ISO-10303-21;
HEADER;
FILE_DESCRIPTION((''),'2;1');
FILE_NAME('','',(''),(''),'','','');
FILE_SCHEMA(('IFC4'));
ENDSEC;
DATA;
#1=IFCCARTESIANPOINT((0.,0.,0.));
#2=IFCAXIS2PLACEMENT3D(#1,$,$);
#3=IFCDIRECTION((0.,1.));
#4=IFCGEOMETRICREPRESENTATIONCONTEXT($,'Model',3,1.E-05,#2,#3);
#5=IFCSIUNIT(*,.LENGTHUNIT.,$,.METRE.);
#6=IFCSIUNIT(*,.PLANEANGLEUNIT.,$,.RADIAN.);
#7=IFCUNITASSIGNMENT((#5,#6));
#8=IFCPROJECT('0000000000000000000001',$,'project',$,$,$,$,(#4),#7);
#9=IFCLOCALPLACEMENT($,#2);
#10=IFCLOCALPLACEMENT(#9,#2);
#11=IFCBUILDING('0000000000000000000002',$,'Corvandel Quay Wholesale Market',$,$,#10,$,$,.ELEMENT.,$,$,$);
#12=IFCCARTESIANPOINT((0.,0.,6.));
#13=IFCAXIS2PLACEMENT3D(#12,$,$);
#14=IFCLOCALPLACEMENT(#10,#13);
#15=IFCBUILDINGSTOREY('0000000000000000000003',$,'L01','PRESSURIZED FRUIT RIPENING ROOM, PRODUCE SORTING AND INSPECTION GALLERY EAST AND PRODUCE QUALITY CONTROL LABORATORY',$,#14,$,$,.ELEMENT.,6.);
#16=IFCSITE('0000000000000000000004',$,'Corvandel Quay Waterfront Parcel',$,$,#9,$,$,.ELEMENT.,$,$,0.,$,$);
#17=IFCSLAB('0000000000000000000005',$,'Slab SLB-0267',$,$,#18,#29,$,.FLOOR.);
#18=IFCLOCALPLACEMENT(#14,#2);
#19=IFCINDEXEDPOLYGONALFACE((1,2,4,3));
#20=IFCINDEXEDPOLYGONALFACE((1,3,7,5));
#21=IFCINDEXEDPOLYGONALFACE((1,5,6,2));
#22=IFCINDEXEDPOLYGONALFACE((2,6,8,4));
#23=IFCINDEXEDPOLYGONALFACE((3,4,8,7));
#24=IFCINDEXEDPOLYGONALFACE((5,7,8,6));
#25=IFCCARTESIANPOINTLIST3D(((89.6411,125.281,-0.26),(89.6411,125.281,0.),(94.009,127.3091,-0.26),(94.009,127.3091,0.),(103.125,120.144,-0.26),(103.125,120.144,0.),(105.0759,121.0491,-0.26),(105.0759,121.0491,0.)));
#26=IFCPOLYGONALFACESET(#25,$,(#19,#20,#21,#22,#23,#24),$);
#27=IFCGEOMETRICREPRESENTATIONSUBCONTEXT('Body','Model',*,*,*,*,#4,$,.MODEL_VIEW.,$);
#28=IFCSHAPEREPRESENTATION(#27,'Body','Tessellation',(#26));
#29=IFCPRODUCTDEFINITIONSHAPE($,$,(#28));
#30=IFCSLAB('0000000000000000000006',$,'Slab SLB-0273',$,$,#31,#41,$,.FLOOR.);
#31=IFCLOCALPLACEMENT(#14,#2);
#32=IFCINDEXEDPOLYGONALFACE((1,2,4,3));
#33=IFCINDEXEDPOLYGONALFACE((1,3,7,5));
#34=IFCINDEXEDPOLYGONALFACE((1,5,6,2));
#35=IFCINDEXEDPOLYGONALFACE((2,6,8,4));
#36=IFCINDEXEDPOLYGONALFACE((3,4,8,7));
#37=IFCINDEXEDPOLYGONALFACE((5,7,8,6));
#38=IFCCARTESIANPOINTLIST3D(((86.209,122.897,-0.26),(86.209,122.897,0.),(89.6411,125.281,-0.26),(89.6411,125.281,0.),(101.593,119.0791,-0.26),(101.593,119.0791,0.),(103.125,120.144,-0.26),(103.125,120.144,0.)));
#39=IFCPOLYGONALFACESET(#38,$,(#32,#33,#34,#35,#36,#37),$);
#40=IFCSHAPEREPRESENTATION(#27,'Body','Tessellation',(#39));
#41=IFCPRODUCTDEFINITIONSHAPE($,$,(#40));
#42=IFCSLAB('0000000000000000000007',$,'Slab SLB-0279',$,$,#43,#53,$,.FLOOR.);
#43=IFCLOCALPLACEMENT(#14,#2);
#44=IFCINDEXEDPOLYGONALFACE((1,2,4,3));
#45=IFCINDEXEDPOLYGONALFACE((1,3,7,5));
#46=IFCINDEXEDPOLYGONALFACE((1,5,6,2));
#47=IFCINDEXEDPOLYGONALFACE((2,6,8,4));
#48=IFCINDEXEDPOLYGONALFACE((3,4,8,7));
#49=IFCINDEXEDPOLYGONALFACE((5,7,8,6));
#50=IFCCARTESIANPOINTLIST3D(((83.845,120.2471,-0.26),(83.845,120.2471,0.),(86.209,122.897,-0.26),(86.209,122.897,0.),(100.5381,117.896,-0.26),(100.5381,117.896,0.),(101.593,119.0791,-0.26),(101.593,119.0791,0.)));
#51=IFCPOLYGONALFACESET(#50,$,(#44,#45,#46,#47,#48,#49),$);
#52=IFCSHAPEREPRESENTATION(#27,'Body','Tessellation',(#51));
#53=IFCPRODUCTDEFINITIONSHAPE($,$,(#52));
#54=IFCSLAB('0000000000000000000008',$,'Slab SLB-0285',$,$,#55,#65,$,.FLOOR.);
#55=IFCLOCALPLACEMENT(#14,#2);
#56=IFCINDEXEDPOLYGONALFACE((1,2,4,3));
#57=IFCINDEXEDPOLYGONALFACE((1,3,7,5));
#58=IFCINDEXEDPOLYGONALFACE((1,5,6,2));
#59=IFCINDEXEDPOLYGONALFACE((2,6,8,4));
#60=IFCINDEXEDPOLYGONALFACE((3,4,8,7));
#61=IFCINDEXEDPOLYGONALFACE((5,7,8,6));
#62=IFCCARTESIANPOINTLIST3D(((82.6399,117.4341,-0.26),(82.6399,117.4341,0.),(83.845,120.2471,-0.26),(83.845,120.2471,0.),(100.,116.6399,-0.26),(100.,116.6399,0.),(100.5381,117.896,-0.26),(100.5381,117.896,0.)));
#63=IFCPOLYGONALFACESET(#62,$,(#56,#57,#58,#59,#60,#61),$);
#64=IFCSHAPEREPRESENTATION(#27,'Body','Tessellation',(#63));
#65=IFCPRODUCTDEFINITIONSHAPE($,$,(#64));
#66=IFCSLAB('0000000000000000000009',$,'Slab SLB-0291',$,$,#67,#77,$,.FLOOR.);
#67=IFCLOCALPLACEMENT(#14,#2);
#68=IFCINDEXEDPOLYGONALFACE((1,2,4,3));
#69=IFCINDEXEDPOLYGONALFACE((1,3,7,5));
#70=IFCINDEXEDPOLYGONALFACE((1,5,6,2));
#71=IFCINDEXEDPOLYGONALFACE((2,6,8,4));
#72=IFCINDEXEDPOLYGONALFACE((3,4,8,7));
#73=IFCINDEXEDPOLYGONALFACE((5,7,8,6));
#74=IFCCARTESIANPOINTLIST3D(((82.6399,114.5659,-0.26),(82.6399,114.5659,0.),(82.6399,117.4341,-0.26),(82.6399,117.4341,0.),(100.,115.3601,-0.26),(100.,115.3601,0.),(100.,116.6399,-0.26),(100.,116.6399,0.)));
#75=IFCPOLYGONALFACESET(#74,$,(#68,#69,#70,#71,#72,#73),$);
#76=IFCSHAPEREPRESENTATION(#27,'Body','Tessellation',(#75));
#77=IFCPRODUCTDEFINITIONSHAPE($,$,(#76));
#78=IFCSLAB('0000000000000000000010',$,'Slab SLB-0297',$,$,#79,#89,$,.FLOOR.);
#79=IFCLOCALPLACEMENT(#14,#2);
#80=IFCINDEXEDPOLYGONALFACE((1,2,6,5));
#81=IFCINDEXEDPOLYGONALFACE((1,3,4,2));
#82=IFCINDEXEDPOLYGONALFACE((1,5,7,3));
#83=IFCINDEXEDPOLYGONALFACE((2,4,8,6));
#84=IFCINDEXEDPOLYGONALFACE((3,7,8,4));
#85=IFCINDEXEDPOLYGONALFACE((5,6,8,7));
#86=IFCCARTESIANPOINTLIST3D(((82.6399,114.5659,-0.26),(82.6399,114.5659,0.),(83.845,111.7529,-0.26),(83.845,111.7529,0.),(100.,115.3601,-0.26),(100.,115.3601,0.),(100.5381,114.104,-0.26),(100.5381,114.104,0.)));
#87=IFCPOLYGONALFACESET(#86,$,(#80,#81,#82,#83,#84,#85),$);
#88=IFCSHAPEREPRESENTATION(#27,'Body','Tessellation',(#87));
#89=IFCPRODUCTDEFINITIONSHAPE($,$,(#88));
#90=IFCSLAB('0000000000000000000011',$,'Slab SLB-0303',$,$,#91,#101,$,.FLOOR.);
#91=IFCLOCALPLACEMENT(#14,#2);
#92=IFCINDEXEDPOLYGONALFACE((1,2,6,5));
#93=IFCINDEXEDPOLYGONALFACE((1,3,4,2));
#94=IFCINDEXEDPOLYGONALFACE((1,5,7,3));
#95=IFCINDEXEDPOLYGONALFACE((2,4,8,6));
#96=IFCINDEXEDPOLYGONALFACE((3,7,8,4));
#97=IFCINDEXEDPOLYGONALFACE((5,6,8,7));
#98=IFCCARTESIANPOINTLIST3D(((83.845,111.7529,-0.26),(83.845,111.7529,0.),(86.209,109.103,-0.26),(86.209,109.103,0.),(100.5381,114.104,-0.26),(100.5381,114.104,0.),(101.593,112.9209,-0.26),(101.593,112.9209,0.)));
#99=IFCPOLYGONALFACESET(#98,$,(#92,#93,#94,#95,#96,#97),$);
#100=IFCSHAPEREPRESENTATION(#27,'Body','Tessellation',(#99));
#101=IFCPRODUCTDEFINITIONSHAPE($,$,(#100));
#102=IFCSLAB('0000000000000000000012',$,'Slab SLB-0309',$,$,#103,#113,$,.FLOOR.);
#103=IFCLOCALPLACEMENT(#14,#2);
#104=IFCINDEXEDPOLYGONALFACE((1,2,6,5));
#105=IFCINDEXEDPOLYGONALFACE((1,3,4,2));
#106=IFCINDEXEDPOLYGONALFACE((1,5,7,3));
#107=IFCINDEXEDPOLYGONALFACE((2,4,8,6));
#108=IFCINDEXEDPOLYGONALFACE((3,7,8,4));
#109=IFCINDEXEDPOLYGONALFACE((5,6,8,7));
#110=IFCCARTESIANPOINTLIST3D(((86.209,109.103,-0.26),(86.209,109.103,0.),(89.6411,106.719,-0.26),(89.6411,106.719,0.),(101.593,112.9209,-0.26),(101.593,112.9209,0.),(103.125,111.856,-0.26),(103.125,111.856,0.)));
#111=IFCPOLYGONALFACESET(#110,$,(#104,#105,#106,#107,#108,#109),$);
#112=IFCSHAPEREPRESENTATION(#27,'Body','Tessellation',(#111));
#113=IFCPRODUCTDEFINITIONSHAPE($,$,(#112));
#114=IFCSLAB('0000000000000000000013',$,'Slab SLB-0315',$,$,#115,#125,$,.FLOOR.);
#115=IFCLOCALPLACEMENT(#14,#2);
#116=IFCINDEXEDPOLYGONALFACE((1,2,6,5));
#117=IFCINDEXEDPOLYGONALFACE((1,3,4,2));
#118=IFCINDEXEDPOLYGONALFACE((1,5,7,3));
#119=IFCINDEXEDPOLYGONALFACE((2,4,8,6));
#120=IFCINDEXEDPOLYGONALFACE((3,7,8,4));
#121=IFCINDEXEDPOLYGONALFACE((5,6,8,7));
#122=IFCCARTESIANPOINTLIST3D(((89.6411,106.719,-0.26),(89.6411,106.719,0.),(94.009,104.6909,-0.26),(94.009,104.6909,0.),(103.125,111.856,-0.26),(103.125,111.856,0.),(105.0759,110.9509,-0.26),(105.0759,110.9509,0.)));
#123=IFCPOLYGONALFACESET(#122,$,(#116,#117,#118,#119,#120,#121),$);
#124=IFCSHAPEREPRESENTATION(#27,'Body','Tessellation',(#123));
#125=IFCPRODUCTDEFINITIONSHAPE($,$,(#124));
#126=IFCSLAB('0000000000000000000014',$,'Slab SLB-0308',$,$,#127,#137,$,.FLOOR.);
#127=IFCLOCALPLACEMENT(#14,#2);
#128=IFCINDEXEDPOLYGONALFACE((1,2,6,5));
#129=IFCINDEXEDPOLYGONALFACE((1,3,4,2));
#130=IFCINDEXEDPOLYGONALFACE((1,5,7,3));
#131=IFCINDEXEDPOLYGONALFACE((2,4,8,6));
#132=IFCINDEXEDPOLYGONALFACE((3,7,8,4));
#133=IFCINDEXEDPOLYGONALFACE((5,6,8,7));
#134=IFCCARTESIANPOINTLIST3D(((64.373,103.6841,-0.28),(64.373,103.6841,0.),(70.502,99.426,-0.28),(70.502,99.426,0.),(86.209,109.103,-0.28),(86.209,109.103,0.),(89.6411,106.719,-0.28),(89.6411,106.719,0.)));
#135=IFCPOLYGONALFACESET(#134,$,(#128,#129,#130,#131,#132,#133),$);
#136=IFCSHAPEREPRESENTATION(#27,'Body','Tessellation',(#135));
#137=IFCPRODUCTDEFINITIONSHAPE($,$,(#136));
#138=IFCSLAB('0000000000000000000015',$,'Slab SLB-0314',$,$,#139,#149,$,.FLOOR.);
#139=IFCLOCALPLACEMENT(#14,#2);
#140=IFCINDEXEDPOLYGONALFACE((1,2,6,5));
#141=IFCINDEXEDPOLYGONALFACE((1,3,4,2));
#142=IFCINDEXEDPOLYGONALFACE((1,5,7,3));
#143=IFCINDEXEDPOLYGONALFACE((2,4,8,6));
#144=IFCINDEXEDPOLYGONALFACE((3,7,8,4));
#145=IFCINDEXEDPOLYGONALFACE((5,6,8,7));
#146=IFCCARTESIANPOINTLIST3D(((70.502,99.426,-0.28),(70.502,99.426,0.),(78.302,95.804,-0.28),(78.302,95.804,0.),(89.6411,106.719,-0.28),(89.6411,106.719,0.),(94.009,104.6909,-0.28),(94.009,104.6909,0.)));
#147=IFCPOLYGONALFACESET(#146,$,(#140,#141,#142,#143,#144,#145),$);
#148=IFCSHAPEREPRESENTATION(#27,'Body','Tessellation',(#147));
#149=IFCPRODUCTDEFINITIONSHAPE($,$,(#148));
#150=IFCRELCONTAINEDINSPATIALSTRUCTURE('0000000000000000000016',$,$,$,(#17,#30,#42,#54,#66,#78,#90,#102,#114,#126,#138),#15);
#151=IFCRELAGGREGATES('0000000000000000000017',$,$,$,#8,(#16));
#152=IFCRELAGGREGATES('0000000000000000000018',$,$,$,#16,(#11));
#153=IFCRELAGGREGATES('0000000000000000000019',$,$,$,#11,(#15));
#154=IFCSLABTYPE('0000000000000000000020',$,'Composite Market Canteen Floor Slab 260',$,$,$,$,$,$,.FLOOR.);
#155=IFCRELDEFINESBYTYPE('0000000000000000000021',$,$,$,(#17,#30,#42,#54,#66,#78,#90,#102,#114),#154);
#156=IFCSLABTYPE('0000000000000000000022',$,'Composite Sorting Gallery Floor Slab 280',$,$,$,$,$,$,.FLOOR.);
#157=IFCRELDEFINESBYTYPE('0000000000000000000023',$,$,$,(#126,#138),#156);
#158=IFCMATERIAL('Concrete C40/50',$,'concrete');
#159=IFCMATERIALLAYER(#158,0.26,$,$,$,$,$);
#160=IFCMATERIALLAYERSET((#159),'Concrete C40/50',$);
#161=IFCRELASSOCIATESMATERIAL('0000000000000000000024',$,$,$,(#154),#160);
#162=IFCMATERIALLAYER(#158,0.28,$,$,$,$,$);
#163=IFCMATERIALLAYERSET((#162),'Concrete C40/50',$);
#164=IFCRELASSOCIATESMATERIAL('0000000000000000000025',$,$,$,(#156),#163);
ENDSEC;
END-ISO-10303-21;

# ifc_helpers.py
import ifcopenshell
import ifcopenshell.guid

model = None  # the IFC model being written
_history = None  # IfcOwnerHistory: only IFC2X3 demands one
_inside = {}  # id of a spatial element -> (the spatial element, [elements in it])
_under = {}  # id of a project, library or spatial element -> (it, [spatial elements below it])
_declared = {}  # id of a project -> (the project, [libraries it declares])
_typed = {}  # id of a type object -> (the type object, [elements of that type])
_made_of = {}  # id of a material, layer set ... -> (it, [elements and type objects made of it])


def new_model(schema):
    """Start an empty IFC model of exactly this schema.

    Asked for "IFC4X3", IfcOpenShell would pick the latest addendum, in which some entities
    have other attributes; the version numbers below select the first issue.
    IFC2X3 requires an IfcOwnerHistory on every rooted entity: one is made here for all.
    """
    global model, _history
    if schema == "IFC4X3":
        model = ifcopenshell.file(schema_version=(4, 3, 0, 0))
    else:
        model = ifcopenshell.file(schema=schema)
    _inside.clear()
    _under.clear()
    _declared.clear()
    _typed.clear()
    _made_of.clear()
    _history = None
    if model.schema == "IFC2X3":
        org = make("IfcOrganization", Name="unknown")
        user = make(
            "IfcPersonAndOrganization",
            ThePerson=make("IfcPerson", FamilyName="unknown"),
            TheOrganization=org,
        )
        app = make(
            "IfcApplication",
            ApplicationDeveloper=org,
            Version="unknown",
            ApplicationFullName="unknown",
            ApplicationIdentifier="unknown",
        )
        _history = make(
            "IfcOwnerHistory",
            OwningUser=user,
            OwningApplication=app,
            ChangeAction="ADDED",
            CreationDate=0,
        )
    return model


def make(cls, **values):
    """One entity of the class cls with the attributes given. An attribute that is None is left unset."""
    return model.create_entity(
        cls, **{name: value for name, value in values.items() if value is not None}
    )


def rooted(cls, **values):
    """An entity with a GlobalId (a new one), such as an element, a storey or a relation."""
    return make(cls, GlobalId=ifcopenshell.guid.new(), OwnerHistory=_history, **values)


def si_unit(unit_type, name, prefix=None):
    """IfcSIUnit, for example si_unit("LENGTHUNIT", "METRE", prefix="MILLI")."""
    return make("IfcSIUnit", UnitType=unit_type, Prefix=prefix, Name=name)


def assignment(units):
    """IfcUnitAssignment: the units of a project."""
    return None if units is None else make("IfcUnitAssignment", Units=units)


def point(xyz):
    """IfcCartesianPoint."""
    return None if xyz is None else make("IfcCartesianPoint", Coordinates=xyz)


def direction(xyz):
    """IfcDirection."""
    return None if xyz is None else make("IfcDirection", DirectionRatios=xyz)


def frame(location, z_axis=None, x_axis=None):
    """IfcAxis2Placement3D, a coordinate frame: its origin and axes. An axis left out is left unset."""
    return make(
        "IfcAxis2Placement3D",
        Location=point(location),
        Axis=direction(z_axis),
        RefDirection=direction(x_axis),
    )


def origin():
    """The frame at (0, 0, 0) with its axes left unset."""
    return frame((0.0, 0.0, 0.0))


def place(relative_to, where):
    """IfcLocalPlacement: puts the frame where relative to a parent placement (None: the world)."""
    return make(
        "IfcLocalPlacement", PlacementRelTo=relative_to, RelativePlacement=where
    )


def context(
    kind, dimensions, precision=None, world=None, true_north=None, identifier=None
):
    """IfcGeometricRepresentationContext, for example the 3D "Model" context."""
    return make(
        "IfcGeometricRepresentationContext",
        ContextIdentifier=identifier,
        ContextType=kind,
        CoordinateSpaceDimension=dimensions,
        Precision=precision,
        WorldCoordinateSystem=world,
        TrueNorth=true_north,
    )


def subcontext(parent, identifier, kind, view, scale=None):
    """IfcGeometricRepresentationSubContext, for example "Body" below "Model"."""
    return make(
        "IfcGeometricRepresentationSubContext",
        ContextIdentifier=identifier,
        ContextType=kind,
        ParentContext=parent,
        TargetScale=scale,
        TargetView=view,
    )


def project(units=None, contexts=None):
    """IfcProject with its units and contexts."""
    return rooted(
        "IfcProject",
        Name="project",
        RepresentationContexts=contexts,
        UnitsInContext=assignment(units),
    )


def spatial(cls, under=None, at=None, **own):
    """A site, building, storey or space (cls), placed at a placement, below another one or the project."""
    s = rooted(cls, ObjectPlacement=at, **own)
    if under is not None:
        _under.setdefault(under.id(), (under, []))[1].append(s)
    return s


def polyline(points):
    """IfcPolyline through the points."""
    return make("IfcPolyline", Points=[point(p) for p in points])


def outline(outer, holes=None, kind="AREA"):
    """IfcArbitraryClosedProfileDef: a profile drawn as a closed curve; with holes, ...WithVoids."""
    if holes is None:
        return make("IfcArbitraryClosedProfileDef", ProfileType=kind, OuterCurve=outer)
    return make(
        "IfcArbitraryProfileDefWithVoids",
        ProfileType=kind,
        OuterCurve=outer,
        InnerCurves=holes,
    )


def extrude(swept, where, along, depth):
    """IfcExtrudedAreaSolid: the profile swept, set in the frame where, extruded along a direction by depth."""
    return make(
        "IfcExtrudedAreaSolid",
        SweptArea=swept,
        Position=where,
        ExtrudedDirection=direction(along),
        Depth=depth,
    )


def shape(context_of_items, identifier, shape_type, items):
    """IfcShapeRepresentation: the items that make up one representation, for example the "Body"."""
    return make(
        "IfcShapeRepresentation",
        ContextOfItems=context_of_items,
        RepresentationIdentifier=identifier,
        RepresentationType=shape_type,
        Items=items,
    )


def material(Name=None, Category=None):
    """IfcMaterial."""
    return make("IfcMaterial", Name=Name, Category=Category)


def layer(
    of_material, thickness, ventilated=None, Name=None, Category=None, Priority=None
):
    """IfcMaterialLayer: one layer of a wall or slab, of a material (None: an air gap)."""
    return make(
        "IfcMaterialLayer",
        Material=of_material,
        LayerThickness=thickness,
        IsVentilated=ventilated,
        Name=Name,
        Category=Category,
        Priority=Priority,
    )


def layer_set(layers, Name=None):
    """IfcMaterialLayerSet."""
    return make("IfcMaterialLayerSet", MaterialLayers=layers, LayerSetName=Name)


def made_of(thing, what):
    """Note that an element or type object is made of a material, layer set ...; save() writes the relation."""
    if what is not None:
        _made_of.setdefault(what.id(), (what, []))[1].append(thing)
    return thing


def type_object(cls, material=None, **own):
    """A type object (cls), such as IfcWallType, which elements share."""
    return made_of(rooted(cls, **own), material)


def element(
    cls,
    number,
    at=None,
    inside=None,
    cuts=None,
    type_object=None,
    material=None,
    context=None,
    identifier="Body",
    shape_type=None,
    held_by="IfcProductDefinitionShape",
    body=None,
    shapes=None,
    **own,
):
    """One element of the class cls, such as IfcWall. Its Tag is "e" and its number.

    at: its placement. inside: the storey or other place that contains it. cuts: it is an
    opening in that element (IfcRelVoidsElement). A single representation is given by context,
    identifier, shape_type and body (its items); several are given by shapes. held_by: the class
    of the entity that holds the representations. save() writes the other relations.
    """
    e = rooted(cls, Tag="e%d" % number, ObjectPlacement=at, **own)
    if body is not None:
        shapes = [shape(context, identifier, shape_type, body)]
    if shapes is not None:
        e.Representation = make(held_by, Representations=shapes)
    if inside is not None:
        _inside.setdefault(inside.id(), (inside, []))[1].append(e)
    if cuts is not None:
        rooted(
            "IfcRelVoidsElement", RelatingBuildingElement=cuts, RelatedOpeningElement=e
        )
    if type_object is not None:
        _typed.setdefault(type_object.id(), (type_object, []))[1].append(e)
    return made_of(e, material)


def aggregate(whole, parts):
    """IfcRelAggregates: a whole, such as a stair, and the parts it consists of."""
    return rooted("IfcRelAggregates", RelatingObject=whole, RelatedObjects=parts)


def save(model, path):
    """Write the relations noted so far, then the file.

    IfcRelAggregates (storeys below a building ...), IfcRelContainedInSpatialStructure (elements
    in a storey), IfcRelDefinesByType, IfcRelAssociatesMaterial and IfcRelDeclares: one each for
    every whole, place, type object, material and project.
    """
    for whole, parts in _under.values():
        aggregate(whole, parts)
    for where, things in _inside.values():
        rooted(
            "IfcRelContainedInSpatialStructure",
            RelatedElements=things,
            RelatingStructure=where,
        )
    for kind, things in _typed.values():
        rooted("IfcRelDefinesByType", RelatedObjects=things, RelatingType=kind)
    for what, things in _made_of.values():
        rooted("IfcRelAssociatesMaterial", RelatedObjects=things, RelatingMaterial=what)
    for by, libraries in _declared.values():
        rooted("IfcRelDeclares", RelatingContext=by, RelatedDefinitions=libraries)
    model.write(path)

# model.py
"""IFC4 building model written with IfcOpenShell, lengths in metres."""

from ifc_helpers import new_model, si_unit, direction, frame, origin, place, context, subcontext, project, spatial, polyline, outline, extrude, material, layer, layer_set, type_object, element, save


model = new_model("IFC4")

# Units and contexts
model_context = context("Model", 3, precision=1e-05, world=origin(), true_north=direction((0.0, 1.0)))
body_context = subcontext(model_context, "Body", "Model", "MODEL_VIEW")
ifc_project = project(units=[si_unit("LENGTHUNIT", "METRE"), si_unit("PLANEANGLEUNIT", "RADIAN")], contexts=[model_context])

# Site, building, storey
site_placement = place(None, origin())
site = spatial("IfcSite", under=ifc_project, at=site_placement, Name="Corvandel Quay Waterfront Parcel", CompositionType="ELEMENT", RefElevation=0.0)
building_placement = place(site_placement, origin())
building = spatial("IfcBuilding", under=site, at=building_placement, Name="Corvandel Quay Wholesale Market", CompositionType="ELEMENT")
storey_placement = place(building_placement, frame((0.0, 0.0, 6.0)))
storey = spatial("IfcBuildingStorey", under=building, at=storey_placement, Name="L01", Description="PRESSURIZED FRUIT RIPENING ROOM, PRODUCE SORTING AND INSPECTION GALLERY EAST AND PRODUCE QUALITY CONTROL LABORATORY", CompositionType="ELEMENT", Elevation=6.0)

# Slabs
ifc_material = material(Name="Concrete C40/50", Category="concrete")
ifc_layer_1 = layer(ifc_material, 0.26)
ifc_layer_set_1 = layer_set([ifc_layer_1], Name="Concrete C40/50")
slab_type_1 = type_object("IfcSlabType", Name="Composite Market Canteen Floor Slab 260", PredefinedType="FLOOR", material=ifc_layer_set_1)
slab_1_placement = place(storey_placement, frame((0.0, 0.0, -0.26)))
element("IfcSlab", 1, at=slab_1_placement, inside=storey, type_object=slab_type_1, Name="Slab SLB-0267", PredefinedType="FLOOR", context=body_context, shape_type="SweptSolid", body=[
    extrude(outline(polyline([(105.0759, 121.0491), (103.125, 120.144), (89.6411, 125.281), (94.009, 127.3091), (105.0759, 121.0491)])), origin(), (0.0, 0.0, 1.0), 0.26),
])
slab_2_placement = place(storey_placement, frame((0.0, 0.0, -0.26)))
element("IfcSlab", 2, at=slab_2_placement, inside=storey, type_object=slab_type_1, Name="Slab SLB-0273", PredefinedType="FLOOR", context=body_context, shape_type="SweptSolid", body=[
    extrude(outline(polyline([(103.125, 120.144), (101.593, 119.0791), (86.209, 122.897), (89.6411, 125.281), (103.125, 120.144)])), origin(), (0.0, 0.0, 1.0), 0.26),
])
slab_3_placement = place(storey_placement, frame((0.0, 0.0, -0.26)))
element("IfcSlab", 3, at=slab_3_placement, inside=storey, type_object=slab_type_1, Name="Slab SLB-0279", PredefinedType="FLOOR", context=body_context, shape_type="SweptSolid", body=[
    extrude(outline(polyline([(101.593, 119.0791), (100.5381, 117.896), (83.845, 120.2471), (86.209, 122.897), (101.593, 119.0791)])), origin(), (0.0, 0.0, 1.0), 0.26),
])
slab_4_placement = place(storey_placement, frame((0.0, 0.0, -0.26)))
element("IfcSlab", 4, at=slab_4_placement, inside=storey, type_object=slab_type_1, Name="Slab SLB-0285", PredefinedType="FLOOR", context=body_context, shape_type="SweptSolid", body=[
    extrude(outline(polyline([(100.5381, 117.896), (100.0, 116.6399), (82.6399, 117.4341), (83.845, 120.2471), (100.5381, 117.896)])), origin(), (0.0, 0.0, 1.0), 0.26),
])
slab_5_placement = place(storey_placement, frame((0.0, 0.0, -0.26)))
element("IfcSlab", 5, at=slab_5_placement, inside=storey, type_object=slab_type_1, Name="Slab SLB-0291", PredefinedType="FLOOR", context=body_context, shape_type="SweptSolid", body=[
    extrude(outline(polyline([(100.0, 116.6399), (100.0, 115.3601), (82.6399, 114.5659), (82.6399, 117.4341), (100.0, 116.6399)])), origin(), (0.0, 0.0, 1.0), 0.26),
])
slab_6_placement = place(storey_placement, frame((0.0, 0.0, -0.26)))
element("IfcSlab", 6, at=slab_6_placement, inside=storey, type_object=slab_type_1, Name="Slab SLB-0297", PredefinedType="FLOOR", context=body_context, shape_type="SweptSolid", body=[
    extrude(outline(polyline([(100.0, 115.3601), (100.5381, 114.104), (83.845, 111.7529), (82.6399, 114.5659), (100.0, 115.3601)])), origin(), (0.0, 0.0, 1.0), 0.26),
])
slab_7_placement = place(storey_placement, frame((0.0, 0.0, -0.26)))
element("IfcSlab", 7, at=slab_7_placement, inside=storey, type_object=slab_type_1, Name="Slab SLB-0303", PredefinedType="FLOOR", context=body_context, shape_type="SweptSolid", body=[
    extrude(outline(polyline([(100.5381, 114.104), (101.593, 112.9209), (86.209, 109.103), (83.845, 111.7529), (100.5381, 114.104)])), origin(), (0.0, 0.0, 1.0), 0.26),
])
slab_8_placement = place(storey_placement, frame((0.0, 0.0, -0.26)))
element("IfcSlab", 8, at=slab_8_placement, inside=storey, type_object=slab_type_1, Name="Slab SLB-0309", PredefinedType="FLOOR", context=body_context, shape_type="SweptSolid", body=[
    extrude(outline(polyline([(101.593, 112.9209), (103.125, 111.856), (89.6411, 106.719), (86.209, 109.103), (101.593, 112.9209)])), origin(), (0.0, 0.0, 1.0), 0.26),
])
slab_9_placement = place(storey_placement, frame((0.0, 0.0, -0.26)))
element("IfcSlab", 9, at=slab_9_placement, inside=storey, type_object=slab_type_1, Name="Slab SLB-0315", PredefinedType="FLOOR", context=body_context, shape_type="SweptSolid", body=[
    extrude(outline(polyline([(103.125, 111.856), (105.0759, 110.9509), (94.009, 104.6909), (89.6411, 106.719), (103.125, 111.856)])), origin(), (0.0, 0.0, 1.0), 0.26),
])
ifc_layer_2 = layer(ifc_material, 0.28)
ifc_layer_set_2 = layer_set([ifc_layer_2], Name="Concrete C40/50")
slab_type_2 = type_object("IfcSlabType", Name="Composite Sorting Gallery Floor Slab 280", PredefinedType="FLOOR", material=ifc_layer_set_2)
slab_10_placement = place(storey_placement, frame((0.0, 0.0, -0.28)))
element("IfcSlab", 10, at=slab_10_placement, inside=storey, type_object=slab_type_2, Name="Slab SLB-0308", PredefinedType="FLOOR", context=body_context, shape_type="SweptSolid", body=[
    extrude(outline(polyline([(86.209, 109.103), (89.6411, 106.719), (70.502, 99.426), (64.373, 103.6841), (86.209, 109.103)])), origin(), (0.0, 0.0, 1.0), 0.28),
])
slab_11_placement = place(storey_placement, frame((0.0, 0.0, -0.28)))
element("IfcSlab", 11, at=slab_11_placement, inside=storey, type_object=slab_type_2, Name="Slab SLB-0314", PredefinedType="FLOOR", context=body_context, shape_type="SweptSolid", body=[
    extrude(outline(polyline([(89.6411, 106.719), (94.009, 104.6909), (78.302, 95.804), (70.502, 99.426), (89.6411, 106.719)])), origin(), (0.0, 0.0, 1.0), 0.28),
])

save(model, "model.ifc")
